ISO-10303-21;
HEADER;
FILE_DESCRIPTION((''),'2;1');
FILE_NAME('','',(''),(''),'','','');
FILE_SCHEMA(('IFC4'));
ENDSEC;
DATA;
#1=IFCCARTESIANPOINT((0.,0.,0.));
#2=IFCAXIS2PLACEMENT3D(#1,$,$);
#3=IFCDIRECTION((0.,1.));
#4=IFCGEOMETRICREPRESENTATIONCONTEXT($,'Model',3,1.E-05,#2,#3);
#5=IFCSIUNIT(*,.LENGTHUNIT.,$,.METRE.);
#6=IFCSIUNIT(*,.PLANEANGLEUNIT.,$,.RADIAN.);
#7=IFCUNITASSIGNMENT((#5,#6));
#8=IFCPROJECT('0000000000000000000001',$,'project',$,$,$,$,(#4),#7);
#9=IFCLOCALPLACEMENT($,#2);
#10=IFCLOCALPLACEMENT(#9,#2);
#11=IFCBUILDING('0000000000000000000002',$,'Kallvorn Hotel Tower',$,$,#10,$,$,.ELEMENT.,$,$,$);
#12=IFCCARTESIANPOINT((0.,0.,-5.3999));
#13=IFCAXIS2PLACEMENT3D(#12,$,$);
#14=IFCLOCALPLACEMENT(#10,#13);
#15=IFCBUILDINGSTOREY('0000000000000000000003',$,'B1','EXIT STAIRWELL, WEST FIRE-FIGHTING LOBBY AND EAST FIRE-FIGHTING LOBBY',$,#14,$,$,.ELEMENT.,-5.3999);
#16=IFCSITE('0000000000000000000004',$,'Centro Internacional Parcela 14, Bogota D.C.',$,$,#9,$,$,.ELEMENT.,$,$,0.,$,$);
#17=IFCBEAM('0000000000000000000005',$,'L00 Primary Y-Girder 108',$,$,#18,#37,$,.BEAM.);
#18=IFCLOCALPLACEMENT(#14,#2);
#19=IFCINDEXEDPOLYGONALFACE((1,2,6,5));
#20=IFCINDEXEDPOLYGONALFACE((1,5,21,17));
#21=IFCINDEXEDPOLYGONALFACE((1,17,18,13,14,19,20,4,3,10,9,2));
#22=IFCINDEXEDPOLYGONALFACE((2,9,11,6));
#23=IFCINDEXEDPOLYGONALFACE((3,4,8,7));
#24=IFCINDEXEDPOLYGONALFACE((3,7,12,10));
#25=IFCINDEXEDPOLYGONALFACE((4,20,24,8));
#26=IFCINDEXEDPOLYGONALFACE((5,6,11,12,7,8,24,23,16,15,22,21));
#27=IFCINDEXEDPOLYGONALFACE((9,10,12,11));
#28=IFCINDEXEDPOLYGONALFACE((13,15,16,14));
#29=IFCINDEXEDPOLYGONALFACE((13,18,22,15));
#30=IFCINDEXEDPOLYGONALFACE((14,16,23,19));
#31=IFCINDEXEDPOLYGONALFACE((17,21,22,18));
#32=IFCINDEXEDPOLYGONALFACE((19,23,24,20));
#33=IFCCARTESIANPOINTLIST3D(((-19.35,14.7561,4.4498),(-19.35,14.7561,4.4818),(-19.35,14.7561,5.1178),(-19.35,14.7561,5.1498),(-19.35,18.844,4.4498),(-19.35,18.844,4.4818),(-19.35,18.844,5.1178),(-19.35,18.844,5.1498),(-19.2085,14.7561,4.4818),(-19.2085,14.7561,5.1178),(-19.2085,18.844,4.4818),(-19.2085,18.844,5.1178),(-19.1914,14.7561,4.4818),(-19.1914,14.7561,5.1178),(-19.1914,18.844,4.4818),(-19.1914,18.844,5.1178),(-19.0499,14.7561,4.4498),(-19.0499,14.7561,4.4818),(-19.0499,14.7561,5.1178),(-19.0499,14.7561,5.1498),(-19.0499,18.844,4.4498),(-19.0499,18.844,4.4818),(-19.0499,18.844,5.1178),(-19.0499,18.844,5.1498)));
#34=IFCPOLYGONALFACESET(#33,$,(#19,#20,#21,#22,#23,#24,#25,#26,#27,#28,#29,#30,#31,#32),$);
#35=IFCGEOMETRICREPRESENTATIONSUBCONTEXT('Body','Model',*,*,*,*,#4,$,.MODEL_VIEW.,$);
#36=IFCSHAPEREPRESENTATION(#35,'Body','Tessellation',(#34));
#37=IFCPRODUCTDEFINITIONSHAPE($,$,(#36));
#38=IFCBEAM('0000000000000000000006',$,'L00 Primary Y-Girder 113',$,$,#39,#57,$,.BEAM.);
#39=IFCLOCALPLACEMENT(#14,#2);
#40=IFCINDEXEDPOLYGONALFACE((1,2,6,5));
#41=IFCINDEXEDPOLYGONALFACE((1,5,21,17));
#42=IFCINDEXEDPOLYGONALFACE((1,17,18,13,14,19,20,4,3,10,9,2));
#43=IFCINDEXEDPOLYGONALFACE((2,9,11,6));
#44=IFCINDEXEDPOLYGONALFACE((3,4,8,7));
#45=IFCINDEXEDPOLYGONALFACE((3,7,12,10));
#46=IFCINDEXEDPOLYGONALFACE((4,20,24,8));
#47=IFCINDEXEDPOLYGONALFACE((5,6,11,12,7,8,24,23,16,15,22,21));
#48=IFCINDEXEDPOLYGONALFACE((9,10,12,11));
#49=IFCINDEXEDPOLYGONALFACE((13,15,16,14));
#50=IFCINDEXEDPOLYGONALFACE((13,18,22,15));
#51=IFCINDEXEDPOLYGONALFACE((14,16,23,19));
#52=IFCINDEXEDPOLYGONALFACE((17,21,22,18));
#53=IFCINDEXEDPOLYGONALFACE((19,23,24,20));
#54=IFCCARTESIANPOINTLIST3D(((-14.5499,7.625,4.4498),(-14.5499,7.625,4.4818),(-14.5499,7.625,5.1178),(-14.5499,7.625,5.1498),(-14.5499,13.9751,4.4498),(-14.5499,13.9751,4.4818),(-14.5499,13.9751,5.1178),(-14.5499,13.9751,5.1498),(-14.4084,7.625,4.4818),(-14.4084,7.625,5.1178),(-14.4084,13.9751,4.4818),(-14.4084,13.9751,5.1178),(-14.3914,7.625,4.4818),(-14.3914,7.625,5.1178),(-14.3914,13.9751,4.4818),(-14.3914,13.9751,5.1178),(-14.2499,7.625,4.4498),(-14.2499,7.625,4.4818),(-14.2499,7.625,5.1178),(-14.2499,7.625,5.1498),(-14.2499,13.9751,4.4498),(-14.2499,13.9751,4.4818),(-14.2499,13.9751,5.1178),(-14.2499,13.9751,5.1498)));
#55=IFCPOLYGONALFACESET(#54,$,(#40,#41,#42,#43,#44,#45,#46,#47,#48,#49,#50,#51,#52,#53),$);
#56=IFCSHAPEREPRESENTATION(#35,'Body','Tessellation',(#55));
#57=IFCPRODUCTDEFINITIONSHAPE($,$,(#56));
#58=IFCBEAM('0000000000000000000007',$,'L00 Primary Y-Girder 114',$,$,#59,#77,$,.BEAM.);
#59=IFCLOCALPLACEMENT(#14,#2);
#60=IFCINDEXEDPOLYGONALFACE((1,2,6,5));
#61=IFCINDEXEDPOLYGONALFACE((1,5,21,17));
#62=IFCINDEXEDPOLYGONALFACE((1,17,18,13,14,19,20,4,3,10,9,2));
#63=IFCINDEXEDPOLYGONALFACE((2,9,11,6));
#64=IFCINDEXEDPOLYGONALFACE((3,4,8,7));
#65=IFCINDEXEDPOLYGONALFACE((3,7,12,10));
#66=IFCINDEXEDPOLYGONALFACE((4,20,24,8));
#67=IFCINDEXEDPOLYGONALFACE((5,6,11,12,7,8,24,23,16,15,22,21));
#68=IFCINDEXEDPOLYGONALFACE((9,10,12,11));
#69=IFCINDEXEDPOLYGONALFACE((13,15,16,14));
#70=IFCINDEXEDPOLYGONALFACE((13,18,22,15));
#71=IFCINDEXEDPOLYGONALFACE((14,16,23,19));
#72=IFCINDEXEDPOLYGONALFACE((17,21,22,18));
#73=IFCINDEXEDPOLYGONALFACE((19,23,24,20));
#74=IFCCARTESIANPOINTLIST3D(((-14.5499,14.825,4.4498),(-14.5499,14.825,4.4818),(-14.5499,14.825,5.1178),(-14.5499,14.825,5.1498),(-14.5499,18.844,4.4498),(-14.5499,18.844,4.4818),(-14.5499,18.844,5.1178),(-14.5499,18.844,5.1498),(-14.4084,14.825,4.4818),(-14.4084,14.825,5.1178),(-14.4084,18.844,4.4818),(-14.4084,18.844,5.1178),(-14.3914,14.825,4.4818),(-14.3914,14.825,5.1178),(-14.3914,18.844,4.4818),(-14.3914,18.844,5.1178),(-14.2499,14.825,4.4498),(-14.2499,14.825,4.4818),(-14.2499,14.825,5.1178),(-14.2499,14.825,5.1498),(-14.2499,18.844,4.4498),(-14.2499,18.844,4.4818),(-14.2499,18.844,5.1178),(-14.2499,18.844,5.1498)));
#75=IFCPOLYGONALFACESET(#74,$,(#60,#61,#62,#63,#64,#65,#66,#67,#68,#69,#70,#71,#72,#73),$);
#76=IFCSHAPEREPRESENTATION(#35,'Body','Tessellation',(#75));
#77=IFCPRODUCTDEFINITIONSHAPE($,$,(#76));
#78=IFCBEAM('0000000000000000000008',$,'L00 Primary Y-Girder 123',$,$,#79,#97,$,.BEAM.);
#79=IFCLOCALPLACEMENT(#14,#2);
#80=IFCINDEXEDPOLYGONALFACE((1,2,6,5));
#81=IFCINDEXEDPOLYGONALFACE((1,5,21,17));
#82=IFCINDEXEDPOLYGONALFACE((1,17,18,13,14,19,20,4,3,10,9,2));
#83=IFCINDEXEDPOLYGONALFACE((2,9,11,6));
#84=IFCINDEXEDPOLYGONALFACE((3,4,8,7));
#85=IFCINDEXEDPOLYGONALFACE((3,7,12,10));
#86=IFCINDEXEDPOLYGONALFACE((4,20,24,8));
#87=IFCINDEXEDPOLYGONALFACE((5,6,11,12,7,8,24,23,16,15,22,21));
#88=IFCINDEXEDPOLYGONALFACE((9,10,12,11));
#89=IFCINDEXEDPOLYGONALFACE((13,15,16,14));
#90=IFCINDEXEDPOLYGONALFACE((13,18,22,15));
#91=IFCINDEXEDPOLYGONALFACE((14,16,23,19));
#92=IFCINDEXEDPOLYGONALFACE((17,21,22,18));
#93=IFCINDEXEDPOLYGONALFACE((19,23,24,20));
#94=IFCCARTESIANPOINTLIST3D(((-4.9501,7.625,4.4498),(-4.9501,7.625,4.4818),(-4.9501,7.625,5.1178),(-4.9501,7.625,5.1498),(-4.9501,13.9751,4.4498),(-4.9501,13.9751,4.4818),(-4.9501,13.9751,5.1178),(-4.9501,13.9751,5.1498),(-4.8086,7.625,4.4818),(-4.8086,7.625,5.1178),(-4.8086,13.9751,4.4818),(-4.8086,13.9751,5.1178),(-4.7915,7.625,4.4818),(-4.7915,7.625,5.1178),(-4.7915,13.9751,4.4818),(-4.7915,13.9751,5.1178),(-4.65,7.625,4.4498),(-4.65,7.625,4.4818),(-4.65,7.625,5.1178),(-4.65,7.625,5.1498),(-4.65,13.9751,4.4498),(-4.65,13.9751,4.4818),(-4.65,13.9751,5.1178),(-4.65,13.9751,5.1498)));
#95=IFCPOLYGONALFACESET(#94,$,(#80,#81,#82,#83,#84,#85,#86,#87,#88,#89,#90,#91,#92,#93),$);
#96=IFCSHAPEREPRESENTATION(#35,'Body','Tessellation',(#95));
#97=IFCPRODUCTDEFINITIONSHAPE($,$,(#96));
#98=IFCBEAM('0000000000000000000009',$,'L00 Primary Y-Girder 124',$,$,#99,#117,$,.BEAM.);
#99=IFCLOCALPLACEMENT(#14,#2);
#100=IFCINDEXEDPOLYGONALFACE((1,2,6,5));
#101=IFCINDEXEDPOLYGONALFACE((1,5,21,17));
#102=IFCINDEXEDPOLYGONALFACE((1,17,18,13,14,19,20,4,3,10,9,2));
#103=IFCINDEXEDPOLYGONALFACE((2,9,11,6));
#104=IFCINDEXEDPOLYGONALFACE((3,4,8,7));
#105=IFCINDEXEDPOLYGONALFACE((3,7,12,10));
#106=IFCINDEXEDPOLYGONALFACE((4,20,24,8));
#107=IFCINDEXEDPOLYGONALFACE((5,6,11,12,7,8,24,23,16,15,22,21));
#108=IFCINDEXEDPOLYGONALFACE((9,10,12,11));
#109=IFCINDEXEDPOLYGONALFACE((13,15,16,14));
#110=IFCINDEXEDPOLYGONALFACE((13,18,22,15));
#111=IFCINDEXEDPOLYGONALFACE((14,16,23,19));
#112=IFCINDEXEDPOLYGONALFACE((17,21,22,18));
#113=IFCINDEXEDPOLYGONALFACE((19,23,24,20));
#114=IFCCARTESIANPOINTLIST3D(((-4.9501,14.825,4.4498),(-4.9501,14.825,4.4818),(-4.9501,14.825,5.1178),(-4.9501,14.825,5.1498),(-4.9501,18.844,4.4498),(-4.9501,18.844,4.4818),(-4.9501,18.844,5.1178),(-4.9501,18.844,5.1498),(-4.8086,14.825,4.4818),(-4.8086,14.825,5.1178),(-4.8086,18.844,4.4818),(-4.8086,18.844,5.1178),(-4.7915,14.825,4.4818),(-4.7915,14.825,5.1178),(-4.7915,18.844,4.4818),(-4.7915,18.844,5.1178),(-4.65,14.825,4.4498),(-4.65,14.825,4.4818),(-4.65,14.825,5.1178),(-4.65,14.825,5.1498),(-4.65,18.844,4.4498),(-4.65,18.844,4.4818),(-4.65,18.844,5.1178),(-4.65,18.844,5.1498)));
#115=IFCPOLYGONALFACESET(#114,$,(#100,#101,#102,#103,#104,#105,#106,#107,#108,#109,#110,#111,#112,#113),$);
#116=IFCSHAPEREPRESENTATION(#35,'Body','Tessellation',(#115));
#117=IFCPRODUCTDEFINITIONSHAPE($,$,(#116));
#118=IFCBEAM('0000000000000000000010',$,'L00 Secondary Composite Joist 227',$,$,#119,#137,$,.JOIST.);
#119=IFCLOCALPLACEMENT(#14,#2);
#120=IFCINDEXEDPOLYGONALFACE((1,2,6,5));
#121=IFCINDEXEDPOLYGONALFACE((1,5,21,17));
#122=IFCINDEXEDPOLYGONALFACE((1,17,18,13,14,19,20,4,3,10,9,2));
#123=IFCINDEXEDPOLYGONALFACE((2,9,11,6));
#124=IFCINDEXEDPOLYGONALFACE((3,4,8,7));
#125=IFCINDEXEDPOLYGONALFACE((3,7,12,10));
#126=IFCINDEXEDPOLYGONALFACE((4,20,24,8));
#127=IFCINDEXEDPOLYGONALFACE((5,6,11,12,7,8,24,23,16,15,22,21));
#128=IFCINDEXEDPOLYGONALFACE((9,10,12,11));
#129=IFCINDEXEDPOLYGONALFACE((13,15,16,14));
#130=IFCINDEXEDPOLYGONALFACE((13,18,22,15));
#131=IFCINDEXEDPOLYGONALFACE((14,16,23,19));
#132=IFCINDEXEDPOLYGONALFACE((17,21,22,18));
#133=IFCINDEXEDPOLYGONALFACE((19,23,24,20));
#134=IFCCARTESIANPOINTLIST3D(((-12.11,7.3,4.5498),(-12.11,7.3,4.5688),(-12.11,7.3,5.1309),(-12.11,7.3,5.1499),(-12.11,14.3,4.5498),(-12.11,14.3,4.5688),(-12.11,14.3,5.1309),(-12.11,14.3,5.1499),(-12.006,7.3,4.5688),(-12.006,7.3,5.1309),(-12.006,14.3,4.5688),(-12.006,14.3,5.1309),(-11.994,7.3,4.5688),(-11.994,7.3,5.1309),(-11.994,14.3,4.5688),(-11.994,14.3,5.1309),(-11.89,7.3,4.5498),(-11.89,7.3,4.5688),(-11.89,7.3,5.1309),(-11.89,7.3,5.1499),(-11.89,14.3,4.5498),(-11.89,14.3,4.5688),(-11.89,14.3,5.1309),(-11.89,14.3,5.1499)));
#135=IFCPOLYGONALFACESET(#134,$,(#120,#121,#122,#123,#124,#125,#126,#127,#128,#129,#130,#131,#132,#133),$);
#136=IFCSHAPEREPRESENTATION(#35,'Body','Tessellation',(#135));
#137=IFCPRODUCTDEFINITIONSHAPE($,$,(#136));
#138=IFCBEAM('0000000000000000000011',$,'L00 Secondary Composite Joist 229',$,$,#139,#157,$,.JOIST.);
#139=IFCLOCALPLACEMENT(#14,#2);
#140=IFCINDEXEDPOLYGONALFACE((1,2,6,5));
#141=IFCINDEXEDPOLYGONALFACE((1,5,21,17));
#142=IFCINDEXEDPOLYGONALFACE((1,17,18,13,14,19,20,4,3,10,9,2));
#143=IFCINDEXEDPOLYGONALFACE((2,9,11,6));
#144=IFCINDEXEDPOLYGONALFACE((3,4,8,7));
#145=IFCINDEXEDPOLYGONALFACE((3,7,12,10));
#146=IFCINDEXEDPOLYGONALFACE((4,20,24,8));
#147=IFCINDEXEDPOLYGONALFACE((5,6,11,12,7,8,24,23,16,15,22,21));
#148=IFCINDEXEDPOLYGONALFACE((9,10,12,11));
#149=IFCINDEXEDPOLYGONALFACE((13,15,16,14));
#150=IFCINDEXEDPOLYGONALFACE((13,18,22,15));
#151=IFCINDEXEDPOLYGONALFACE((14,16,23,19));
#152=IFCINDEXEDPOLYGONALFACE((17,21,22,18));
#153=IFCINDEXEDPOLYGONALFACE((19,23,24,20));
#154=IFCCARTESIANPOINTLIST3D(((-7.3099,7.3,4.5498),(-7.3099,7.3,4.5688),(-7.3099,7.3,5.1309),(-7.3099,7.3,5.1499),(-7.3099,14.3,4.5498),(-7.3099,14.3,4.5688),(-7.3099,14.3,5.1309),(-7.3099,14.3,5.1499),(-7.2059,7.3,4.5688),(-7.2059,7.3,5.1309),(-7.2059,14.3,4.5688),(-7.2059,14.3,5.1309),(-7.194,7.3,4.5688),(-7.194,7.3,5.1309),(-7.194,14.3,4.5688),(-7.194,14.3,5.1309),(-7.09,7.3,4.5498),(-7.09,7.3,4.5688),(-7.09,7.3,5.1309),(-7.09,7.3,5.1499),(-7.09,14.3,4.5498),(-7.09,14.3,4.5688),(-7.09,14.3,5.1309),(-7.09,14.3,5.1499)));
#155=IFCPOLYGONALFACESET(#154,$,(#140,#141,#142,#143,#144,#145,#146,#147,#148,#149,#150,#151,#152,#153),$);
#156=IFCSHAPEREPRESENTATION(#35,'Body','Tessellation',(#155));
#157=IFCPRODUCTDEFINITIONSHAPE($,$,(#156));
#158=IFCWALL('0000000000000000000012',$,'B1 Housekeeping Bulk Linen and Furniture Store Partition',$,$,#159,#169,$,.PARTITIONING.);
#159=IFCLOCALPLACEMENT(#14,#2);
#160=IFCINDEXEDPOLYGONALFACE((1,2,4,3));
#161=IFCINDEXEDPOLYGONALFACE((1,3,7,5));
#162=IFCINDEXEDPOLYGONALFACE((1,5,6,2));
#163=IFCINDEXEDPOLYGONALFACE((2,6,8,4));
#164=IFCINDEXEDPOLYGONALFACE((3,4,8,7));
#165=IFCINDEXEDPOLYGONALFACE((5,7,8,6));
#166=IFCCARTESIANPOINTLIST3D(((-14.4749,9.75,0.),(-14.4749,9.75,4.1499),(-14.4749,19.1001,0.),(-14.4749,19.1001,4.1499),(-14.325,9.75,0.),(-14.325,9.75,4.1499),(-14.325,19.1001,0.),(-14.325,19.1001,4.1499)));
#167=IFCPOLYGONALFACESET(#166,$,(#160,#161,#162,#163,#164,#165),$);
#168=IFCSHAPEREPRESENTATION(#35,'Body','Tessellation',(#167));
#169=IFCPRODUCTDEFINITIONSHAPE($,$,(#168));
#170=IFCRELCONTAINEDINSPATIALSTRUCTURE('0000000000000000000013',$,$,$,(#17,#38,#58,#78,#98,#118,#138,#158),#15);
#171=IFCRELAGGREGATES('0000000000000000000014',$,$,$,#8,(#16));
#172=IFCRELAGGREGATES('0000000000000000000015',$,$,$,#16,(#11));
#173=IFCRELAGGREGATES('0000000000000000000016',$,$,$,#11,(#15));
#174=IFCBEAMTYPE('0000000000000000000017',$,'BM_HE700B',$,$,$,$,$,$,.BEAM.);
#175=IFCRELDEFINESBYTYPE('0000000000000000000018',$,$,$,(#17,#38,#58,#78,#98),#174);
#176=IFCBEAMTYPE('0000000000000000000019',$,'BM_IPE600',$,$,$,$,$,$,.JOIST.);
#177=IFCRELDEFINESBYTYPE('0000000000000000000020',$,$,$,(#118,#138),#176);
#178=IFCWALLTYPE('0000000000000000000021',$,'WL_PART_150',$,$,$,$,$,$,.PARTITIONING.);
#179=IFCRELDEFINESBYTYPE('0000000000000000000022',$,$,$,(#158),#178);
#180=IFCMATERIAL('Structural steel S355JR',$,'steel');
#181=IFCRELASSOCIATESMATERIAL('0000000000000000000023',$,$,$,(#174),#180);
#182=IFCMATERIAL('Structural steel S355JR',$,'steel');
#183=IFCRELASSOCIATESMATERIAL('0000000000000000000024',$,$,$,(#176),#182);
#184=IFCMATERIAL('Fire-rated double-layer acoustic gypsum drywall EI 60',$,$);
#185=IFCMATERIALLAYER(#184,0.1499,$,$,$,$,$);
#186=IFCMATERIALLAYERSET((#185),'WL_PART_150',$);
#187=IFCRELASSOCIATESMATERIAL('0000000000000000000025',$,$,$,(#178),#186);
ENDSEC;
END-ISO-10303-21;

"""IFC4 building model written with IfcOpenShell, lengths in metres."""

from ifc_helpers import new_model, si_unit, direction, frame, frame_2d, origin, origin_2d, place, context, subcontext, project, spatial, rectangle, i_section, extrude, material, layer, layer_set, material_profile, profile_set, type_object, element, save


model = new_model("IFC4")

# Units and contexts
model_context = context("Model", 3, precision=1e-05, world=origin(), true_north=direction((0.0, 1.0)))
body_context = subcontext(model_context, "Body", "Model", "MODEL_VIEW")
ifc_project = project(units=[si_unit("LENGTHUNIT", "METRE"), si_unit("PLANEANGLEUNIT", "RADIAN")], contexts=[model_context])

# Site, building, storey
site_placement = place(None, origin())
site = spatial("IfcSite", under=ifc_project, at=site_placement, Name="Centro Internacional Parcela 14, Bogota D.C.", CompositionType="ELEMENT", RefElevation=0.0)
building_placement = place(site_placement, origin())
building = spatial("IfcBuilding", under=site, at=building_placement, Name="Kallvorn Hotel Tower", CompositionType="ELEMENT")
storey_placement = place(building_placement, frame((0.0, 0.0, -5.3999)))
storey = spatial("IfcBuildingStorey", under=building, at=storey_placement, Name="B1", Description="EXIT STAIRWELL, WEST FIRE-FIGHTING LOBBY AND EAST FIRE-FIGHTING LOBBY", CompositionType="ELEMENT", Elevation=-5.3999)

# Beams
ifc_material_1 = material(Name="Structural steel S355JR", Category="steel")
ifc_material_profile_1 = material_profile(ifc_material_1, i_section(OverallWidth=0.3, OverallDepth=0.7, WebThickness=0.0171, FlangeThickness=0.032, at=origin_2d()), Name="HE 700 B")
ifc_profile_set_1 = profile_set([ifc_material_profile_1], Name="Structural steel S355JR")
beam_type_1 = type_object("IfcBeamType", Name="BM_HE700B", PredefinedType="BEAM", material=ifc_profile_set_1)
beam_1_placement = place(storey_placement, frame((-19.2, 14.7561, 4.7998), z_axis=(0.0, 1.0, 0.0), x_axis=(-1.0, 0.0, 0.0)))
element("IfcBeam", 1, at=beam_1_placement, inside=storey, type_object=beam_type_1, Name="L00 Primary Y-Girder 108", PredefinedType="BEAM", context=body_context, shape_type="SweptSolid", body=[
    extrude(i_section(OverallWidth=0.3, OverallDepth=0.7, WebThickness=0.0171, FlangeThickness=0.032, at=origin_2d()), origin(), (0.0, 0.0, 1.0), 4.0879),
])
beam_2_placement = place(storey_placement, frame((-14.3999, 7.625, 4.7998), z_axis=(0.0, 1.0, 0.0), x_axis=(-1.0, 0.0, 0.0)))
element("IfcBeam", 2, at=beam_2_placement, inside=storey, type_object=beam_type_1, Name="L00 Primary Y-Girder 113", PredefinedType="BEAM", context=body_context, shape_type="SweptSolid", body=[
    extrude(i_section(OverallWidth=0.3, OverallDepth=0.7, WebThickness=0.0171, FlangeThickness=0.032, at=origin_2d()), origin(), (0.0, 0.0, 1.0), 6.3501),
])
beam_3_placement = place(storey_placement, frame((-14.3999, 14.825, 4.7998), z_axis=(0.0, 1.0, 0.0), x_axis=(-1.0, 0.0, 0.0)))
element("IfcBeam", 3, at=beam_3_placement, inside=storey, type_object=beam_type_1, Name="L00 Primary Y-Girder 114", PredefinedType="BEAM", context=body_context, shape_type="SweptSolid", body=[
    extrude(i_section(OverallWidth=0.3, OverallDepth=0.7, WebThickness=0.0171, FlangeThickness=0.032, at=origin_2d()), origin(), (0.0, 0.0, 1.0), 4.019),
])
beam_4_placement = place(storey_placement, frame((-4.8, 7.625, 4.7998), z_axis=(0.0, 1.0, 0.0), x_axis=(-1.0, 0.0, 0.0)))
element("IfcBeam", 4, at=beam_4_placement, inside=storey, type_object=beam_type_1, Name="L00 Primary Y-Girder 123", PredefinedType="BEAM", context=body_context, shape_type="SweptSolid", body=[
    extrude(i_section(OverallWidth=0.3, OverallDepth=0.7, WebThickness=0.0171, FlangeThickness=0.032, at=origin_2d()), origin(), (0.0, 0.0, 1.0), 6.3501),
])
beam_5_placement = place(storey_placement, frame((-4.8, 14.825, 4.7998), z_axis=(0.0, 1.0, 0.0), x_axis=(-1.0, 0.0, 0.0)))
element("IfcBeam", 5, at=beam_5_placement, inside=storey, type_object=beam_type_1, Name="L00 Primary Y-Girder 124", PredefinedType="BEAM", context=body_context, shape_type="SweptSolid", body=[
    extrude(i_section(OverallWidth=0.3, OverallDepth=0.7, WebThickness=0.0171, FlangeThickness=0.032, at=origin_2d()), origin(), (0.0, 0.0, 1.0), 4.019),
])
ifc_material_2 = material(Name="Structural steel S355JR", Category="steel")
ifc_material_profile_2 = material_profile(ifc_material_2, i_section(OverallWidth=0.22, OverallDepth=0.6001, WebThickness=0.012, FlangeThickness=0.019, at=origin_2d()), Name="IPE 600")
ifc_profile_set_2 = profile_set([ifc_material_profile_2], Name="Structural steel S355JR")
beam_type_2 = type_object("IfcBeamType", Name="BM_IPE600", PredefinedType="JOIST", material=ifc_profile_set_2)
for number, where, z_axis, x_axis, name in (
    (6, (-12.0, 7.3, 4.8499), (0.0, 1.0, 0.0), (-1.0, 0.0, 0.0), "L00 Secondary Composite Joist 227"),
    (7, (-7.2, 7.3, 4.8499), (0.0, 1.0, 0.0), (-1.0, 0.0, 0.0), "L00 Secondary Composite Joist 229"),
):
    element("IfcBeam", number, at=place(storey_placement, frame(where, z_axis=z_axis, x_axis=x_axis)), inside=storey, type_object=beam_type_2, Name=name, PredefinedType="JOIST", context=body_context, shape_type="SweptSolid", body=[
        extrude(i_section(OverallWidth=0.22, OverallDepth=0.6001, WebThickness=0.012, FlangeThickness=0.019, at=origin_2d()), origin(), (0.0, 0.0, 1.0), 7.0),
    ])

# Wall
ifc_material_3 = material(Name="Fire-rated double-layer acoustic gypsum drywall EI 60")
ifc_layer_1 = layer(ifc_material_3, 0.1499)
ifc_layer_set_1 = layer_set([ifc_layer_1], Name="WL_PART_150")
wall_type = type_object("IfcWallType", Name="WL_PART_150", PredefinedType="PARTITIONING", material=ifc_layer_set_1)
wall_placement = place(storey_placement, frame((-14.3999, 9.75, 0.0), z_axis=(0.0, 0.0, 1.0), x_axis=(0.0, 1.0, 0.0)))
element("IfcWall", 8, at=wall_placement, inside=storey, type_object=wall_type, Name="B1 Housekeeping Bulk Linen and Furniture Store Partition", PredefinedType="PARTITIONING", context=body_context, shape_type="SweptSolid", body=[
    extrude(rectangle(XDim=9.3501, YDim=0.1499, at=frame_2d((4.675, 0.0))), origin(), (0.0, 0.0, 1.0), 4.1499),
])

save(model, "model.ifc")
